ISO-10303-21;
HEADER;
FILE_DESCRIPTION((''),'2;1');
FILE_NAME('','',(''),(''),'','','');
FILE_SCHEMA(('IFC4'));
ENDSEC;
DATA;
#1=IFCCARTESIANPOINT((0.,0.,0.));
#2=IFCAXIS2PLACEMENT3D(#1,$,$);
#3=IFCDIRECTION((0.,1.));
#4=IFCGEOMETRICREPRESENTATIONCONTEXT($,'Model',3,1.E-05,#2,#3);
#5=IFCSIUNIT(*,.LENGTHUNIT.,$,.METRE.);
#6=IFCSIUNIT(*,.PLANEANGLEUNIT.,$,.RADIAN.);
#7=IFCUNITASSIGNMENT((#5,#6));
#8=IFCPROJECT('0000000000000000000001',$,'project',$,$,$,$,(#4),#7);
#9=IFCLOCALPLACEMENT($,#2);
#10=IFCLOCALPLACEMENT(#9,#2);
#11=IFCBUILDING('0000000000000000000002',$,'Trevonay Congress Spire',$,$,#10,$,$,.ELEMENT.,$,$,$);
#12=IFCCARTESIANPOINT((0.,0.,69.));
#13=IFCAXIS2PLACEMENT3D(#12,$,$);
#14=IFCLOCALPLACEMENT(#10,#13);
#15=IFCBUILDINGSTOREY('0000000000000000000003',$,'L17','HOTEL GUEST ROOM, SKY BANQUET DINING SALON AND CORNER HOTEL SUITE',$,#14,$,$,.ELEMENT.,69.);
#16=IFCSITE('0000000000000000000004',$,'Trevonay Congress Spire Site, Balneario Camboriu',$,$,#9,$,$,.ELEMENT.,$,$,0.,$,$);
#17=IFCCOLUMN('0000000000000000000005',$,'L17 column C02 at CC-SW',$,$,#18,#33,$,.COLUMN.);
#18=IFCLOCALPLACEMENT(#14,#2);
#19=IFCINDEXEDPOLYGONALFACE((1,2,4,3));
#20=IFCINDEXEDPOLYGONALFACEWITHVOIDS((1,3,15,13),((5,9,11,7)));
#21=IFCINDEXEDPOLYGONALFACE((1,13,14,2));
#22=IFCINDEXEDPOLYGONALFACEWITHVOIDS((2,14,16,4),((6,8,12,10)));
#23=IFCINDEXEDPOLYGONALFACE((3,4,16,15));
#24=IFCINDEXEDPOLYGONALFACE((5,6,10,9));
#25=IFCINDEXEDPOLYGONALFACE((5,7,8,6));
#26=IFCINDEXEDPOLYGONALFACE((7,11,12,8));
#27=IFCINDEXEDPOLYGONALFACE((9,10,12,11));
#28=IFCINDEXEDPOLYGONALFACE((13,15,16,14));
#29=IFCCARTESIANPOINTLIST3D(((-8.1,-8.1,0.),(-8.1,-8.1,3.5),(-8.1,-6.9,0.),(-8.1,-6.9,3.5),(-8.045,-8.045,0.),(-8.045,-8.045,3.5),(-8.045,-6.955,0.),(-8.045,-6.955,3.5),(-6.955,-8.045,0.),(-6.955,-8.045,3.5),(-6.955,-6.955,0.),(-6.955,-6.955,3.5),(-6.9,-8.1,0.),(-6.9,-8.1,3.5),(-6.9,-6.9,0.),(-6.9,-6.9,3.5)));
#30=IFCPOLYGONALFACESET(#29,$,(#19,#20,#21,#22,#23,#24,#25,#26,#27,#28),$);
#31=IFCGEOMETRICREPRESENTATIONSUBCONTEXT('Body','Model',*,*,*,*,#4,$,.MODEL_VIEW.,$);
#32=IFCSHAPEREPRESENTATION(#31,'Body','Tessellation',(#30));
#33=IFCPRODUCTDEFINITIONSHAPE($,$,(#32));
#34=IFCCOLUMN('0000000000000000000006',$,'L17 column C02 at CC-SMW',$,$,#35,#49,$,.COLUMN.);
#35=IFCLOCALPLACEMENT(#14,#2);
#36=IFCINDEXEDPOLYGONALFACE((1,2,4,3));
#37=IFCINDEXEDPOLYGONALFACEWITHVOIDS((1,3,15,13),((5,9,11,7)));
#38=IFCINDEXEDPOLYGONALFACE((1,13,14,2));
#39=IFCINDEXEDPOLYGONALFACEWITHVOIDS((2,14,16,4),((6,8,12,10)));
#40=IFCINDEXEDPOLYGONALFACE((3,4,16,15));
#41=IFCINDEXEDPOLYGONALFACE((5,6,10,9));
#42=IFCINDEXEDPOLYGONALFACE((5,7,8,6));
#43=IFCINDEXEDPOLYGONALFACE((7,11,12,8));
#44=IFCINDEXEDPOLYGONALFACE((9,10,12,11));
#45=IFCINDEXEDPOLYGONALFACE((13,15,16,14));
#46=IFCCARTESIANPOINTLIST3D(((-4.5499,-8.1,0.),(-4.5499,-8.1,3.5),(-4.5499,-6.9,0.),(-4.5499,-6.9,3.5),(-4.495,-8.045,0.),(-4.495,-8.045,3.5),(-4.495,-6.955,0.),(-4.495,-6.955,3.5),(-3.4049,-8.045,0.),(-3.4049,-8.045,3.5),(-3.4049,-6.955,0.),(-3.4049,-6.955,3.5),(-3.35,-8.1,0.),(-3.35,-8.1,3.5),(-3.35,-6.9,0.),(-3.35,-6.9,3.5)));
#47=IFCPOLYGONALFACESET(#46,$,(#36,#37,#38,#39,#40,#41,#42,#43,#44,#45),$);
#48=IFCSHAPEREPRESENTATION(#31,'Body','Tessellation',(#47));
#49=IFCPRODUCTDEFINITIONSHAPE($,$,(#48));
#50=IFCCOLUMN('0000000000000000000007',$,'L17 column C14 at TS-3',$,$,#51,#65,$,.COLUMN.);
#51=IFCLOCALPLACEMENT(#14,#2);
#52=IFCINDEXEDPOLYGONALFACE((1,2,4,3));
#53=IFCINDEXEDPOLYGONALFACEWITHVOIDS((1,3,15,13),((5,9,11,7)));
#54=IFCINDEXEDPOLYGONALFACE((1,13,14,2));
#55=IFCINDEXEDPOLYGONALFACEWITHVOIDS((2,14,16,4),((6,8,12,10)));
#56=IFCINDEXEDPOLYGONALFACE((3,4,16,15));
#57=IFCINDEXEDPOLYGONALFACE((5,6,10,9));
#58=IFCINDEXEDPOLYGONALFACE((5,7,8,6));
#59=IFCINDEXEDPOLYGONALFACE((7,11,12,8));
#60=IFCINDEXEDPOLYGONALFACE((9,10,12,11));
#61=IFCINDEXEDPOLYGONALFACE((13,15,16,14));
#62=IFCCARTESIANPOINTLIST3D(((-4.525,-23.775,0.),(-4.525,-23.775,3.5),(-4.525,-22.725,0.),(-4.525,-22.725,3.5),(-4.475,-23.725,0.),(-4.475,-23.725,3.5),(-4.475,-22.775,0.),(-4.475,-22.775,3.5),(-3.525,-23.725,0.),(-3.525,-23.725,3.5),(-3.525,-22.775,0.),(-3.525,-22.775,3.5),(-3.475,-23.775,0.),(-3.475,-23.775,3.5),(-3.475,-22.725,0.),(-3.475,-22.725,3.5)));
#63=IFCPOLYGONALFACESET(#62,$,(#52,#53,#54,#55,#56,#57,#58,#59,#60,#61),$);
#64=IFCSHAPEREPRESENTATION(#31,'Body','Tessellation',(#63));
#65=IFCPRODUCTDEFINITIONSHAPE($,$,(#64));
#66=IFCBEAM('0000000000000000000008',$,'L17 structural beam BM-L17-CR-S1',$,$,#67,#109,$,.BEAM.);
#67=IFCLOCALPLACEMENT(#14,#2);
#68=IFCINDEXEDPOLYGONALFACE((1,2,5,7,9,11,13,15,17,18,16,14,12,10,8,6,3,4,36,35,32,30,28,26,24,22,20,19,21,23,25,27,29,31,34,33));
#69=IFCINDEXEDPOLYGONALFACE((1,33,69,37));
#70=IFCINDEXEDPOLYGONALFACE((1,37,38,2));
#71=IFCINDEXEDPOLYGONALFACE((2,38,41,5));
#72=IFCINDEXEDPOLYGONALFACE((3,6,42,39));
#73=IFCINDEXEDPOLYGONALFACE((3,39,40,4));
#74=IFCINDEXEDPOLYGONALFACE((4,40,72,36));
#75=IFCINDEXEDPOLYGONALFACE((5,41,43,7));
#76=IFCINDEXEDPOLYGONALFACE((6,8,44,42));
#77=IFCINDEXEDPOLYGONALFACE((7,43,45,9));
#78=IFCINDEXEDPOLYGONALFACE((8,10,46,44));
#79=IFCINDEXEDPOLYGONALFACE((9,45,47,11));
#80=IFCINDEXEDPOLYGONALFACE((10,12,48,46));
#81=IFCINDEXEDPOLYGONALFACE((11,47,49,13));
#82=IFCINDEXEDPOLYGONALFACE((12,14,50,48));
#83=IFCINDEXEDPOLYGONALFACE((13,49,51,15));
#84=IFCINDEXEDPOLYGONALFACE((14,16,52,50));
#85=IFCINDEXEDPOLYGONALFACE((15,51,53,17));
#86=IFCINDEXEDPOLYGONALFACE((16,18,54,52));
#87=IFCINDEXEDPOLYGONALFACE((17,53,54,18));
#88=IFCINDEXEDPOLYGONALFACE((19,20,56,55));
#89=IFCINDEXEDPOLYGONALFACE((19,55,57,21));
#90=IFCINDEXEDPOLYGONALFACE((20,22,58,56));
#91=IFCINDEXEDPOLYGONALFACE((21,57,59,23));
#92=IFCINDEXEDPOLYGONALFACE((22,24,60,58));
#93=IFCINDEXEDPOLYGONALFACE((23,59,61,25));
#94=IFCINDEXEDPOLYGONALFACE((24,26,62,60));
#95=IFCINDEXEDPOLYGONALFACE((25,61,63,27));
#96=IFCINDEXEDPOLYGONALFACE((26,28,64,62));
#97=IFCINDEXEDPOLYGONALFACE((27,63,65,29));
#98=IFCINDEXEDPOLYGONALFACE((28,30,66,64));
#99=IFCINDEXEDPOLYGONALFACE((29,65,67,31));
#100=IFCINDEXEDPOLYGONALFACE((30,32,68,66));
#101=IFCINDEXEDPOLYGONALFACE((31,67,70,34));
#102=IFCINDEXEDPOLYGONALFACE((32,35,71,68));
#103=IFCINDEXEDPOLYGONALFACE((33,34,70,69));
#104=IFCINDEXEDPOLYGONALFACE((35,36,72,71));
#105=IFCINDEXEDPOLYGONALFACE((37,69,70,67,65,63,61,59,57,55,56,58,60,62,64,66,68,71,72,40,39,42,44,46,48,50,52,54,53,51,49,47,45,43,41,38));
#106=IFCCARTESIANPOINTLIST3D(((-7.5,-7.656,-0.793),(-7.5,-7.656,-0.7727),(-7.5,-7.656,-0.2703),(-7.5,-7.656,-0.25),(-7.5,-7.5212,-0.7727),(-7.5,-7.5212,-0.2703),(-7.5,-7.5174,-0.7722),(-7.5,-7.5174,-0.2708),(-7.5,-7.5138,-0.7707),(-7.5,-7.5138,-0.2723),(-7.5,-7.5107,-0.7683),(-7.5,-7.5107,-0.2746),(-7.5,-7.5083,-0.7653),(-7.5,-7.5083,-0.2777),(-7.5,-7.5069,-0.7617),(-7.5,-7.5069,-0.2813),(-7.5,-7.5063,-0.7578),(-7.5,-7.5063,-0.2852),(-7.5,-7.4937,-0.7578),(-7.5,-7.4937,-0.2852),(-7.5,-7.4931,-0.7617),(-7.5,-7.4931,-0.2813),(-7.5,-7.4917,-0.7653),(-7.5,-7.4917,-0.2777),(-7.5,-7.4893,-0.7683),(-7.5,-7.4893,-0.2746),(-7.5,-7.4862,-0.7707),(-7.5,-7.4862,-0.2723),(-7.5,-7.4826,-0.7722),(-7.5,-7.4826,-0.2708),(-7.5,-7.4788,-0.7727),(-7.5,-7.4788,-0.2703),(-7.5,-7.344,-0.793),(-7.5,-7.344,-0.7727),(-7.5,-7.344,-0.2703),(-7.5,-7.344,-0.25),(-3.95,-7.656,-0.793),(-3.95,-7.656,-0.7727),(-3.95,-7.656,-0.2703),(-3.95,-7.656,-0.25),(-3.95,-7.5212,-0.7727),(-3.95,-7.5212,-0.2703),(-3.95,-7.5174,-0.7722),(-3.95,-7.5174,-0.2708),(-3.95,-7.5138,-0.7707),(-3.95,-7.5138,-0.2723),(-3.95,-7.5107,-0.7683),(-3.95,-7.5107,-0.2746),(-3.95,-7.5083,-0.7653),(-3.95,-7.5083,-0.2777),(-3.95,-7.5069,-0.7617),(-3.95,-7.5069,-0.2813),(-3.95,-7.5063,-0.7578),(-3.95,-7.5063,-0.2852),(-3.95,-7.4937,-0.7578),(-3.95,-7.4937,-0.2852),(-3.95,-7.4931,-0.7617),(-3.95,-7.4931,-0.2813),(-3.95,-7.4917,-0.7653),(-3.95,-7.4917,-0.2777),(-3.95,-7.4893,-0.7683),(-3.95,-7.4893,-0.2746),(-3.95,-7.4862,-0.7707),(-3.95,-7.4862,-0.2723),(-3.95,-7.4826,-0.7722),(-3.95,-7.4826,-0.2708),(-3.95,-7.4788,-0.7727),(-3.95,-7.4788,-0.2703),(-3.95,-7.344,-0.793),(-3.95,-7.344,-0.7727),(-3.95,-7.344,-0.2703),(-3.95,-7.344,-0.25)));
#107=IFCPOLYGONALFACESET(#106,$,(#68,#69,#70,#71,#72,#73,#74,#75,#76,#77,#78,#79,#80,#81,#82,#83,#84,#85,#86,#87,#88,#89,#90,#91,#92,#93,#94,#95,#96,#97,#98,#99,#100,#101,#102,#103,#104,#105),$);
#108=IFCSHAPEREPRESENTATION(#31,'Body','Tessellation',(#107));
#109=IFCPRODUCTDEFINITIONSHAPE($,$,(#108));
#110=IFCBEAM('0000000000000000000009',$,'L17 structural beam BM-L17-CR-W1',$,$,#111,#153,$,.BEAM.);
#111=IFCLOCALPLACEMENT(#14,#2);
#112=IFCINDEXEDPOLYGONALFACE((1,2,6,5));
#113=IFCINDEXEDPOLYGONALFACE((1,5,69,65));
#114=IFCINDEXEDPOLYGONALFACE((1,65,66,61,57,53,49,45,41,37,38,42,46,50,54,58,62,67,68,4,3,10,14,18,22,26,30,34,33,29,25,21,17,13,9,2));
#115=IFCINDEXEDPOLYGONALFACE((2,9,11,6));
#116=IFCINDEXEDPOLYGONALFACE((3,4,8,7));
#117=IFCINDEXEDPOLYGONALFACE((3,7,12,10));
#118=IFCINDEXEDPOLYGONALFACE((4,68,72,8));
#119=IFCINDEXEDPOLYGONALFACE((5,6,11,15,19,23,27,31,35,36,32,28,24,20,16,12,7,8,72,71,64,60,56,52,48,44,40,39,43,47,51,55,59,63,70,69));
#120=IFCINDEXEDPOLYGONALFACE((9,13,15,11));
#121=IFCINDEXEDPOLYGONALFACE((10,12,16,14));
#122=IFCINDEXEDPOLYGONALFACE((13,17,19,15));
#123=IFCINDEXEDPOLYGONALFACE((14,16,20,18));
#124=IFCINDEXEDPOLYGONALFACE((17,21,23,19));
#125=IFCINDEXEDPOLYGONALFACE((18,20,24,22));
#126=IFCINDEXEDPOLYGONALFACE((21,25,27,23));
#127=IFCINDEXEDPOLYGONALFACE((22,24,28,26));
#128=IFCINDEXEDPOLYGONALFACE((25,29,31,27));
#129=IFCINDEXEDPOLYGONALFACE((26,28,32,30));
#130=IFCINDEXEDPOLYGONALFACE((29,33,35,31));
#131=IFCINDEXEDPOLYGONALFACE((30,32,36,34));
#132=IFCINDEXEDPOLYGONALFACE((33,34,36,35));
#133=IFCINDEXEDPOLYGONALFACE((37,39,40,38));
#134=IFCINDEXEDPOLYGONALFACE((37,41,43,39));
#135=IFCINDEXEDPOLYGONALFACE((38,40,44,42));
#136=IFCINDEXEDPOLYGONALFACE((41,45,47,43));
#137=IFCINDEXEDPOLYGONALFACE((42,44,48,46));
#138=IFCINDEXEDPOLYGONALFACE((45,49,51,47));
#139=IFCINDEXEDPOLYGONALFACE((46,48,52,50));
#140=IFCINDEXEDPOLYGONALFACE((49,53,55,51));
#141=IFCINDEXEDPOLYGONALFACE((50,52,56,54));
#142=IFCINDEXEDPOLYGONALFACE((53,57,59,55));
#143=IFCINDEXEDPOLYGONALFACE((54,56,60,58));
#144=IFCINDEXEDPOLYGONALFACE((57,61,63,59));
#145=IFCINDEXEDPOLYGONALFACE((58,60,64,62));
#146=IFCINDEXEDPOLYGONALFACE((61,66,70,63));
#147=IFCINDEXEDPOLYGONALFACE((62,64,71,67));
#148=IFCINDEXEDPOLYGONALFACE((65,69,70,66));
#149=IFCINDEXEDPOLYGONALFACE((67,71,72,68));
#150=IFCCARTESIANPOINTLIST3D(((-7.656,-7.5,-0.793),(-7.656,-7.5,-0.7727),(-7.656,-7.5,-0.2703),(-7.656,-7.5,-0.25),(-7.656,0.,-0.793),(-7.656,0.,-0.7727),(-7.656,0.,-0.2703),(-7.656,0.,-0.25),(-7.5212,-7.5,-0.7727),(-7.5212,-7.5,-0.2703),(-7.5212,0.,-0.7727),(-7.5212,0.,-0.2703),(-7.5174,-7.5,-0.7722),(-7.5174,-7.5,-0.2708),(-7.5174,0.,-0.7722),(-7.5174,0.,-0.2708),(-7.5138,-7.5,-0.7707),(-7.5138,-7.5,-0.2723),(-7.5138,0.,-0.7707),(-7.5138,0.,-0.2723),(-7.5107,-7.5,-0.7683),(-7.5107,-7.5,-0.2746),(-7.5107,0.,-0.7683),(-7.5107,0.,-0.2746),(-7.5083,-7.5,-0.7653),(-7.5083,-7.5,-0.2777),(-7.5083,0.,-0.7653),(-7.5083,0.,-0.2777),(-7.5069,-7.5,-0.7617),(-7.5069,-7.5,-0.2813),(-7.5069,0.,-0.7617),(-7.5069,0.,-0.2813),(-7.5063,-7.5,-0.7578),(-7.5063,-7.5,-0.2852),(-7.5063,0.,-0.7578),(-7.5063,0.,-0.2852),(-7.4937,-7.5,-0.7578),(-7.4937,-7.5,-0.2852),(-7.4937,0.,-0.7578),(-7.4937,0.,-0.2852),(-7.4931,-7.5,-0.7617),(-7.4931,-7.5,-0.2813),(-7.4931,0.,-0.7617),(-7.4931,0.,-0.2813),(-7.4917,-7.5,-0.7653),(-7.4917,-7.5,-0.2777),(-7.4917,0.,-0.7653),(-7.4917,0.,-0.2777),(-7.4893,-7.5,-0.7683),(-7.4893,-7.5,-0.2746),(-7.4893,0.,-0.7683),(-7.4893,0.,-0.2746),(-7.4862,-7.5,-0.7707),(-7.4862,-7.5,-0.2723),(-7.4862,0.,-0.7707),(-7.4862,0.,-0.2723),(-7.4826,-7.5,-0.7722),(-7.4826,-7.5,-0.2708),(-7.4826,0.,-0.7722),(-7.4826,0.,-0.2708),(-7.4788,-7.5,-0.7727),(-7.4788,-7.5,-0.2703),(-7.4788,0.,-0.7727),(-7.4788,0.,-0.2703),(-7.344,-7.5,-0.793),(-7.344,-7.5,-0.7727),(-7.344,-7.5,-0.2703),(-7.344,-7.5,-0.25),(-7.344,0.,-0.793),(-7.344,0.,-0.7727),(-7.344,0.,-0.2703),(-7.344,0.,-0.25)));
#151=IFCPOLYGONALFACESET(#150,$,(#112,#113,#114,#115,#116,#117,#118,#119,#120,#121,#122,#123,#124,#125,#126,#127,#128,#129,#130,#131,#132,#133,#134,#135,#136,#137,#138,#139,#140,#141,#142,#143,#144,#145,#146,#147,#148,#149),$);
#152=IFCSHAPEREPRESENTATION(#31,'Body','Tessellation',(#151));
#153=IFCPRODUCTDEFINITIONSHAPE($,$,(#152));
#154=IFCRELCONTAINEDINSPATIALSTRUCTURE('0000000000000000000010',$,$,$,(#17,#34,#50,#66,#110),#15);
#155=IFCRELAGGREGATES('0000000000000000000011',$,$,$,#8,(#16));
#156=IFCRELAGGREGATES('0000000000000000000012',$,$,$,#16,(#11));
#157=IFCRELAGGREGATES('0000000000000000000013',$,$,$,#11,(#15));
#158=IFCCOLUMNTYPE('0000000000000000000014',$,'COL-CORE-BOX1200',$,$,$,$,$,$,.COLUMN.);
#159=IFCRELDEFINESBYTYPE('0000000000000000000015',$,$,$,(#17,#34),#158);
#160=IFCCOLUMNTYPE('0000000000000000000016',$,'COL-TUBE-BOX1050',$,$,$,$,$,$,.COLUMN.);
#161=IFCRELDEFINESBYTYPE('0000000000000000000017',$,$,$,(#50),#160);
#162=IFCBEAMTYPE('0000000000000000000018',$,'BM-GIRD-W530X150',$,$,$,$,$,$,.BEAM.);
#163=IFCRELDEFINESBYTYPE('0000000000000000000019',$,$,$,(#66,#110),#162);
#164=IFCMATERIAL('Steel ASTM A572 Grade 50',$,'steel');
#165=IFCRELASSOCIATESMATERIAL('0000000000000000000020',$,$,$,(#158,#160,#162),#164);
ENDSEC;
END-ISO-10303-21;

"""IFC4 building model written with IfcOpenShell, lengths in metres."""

from ifc_helpers import new_model, si_unit, direction, frame, origin, origin_2d, place, context, subcontext, project, spatial, hollow_rectangle, i_section, extrude, material, material_profile, profile_set, type_object, element, save


model = new_model("IFC4")

# Units and contexts
model_context = context("Model", 3, precision=1e-05, world=origin(), true_north=direction((0.0, 1.0)))
body_context = subcontext(model_context, "Body", "Model", "MODEL_VIEW")
ifc_project = project(units=[si_unit("LENGTHUNIT", "METRE"), si_unit("PLANEANGLEUNIT", "RADIAN")], contexts=[model_context])

# Site, building, storey
site_placement = place(None, origin())
site = spatial("IfcSite", under=ifc_project, at=site_placement, Name="Trevonay Congress Spire Site, Balneario Camboriu", CompositionType="ELEMENT", RefElevation=0.0)
building_placement = place(site_placement, origin())
building = spatial("IfcBuilding", under=site, at=building_placement, Name="Trevonay Congress Spire", CompositionType="ELEMENT")
storey_placement = place(building_placement, frame((0.0, 0.0, 69.0)))
storey = spatial("IfcBuildingStorey", under=building, at=storey_placement, Name="L17", Description="HOTEL GUEST ROOM, SKY BANQUET DINING SALON AND CORNER HOTEL SUITE", CompositionType="ELEMENT", Elevation=69.0)

# Columns
ifc_material_1 = material(Name="Steel ASTM A572 Grade 50", Category="steel")
ifc_material_profile_1 = material_profile(ifc_material_1, hollow_rectangle(XDim=1.2, YDim=1.2, WallThickness=0.0549, at=origin_2d()), Name="BOX 1200x1200x55")
ifc_profile_set_1 = profile_set([ifc_material_profile_1], Name="Steel ASTM A572 Grade 50")
column_type_1 = type_object("IfcColumnType", Name="COL-CORE-BOX1200", PredefinedType="COLUMN", material=ifc_profile_set_1)
for number, where, z_axis, x_axis, name in (
    (1, (-7.5, -7.5, 0.0), (0.0, 0.0, 1.0), (1.0, 0.0, 0.0), "L17 column C02 at CC-SW"),
    (2, (-3.95, -7.5, 0.0), (0.0, 0.0, 1.0), (1.0, 0.0, 0.0), "L17 column C02 at CC-SMW"),
):
    element("IfcColumn", number, at=place(storey_placement, frame(where, z_axis=z_axis, x_axis=x_axis)), inside=storey, type_object=column_type_1, Name=name, PredefinedType="COLUMN", context=body_context, shape_type="SweptSolid", body=[
        extrude(hollow_rectangle(XDim=1.2, YDim=1.2, WallThickness=0.0549, at=origin_2d()), origin(), (0.0, 0.0, 1.0), 3.5),
    ])
ifc_material_profile_2 = material_profile(ifc_material_1, hollow_rectangle(XDim=1.05, YDim=1.05, WallThickness=0.05, at=origin_2d()), Name="BOX 1050x1050x50")
ifc_profile_set_2 = profile_set([ifc_material_profile_2], Name="Steel ASTM A572 Grade 50")
column_type_2 = type_object("IfcColumnType", Name="COL-TUBE-BOX1050", PredefinedType="COLUMN", material=ifc_profile_set_2)
column_placement = place(storey_placement, frame((-4.0, -23.25, 0.0), z_axis=(0.0, 0.0, 1.0), x_axis=(1.0, 0.0, 0.0)))
element("IfcColumn", 3, at=column_placement, inside=storey, type_object=column_type_2, Name="L17 column C14 at TS-3", PredefinedType="COLUMN", context=body_context, shape_type="SweptSolid", body=[
    extrude(hollow_rectangle(XDim=1.05, YDim=1.05, WallThickness=0.05, at=origin_2d()), origin(), (0.0, 0.0, 1.0), 3.5),
])

# Beams
ifc_material_profile_3 = material_profile(ifc_material_1, i_section(OverallWidth=0.312, OverallDepth=0.543, WebThickness=0.0127, FlangeThickness=0.0203, FilletRadius=0.0149, at=origin_2d()), Name="W530x150")
ifc_profile_set_3 = profile_set([ifc_material_profile_3], Name="Steel ASTM A572 Grade 50")
beam_type_1 = type_object("IfcBeamType", Name="BM-GIRD-W530X150", PredefinedType="BEAM", material=ifc_profile_set_3)
beam_1_placement = place(storey_placement, frame((-7.5, -7.5, -0.5215), z_axis=(1.0, 0.0, 0.0), x_axis=(0.0, 1.0, 0.0)))
element("IfcBeam", 4, at=beam_1_placement, inside=storey, type_object=beam_type_1, Name="L17 structural beam BM-L17-CR-S1", PredefinedType="BEAM", context=body_context, shape_type="SweptSolid", body=[
    extrude(i_section(OverallWidth=0.312, OverallDepth=0.543, WebThickness=0.0127, FlangeThickness=0.0203, FilletRadius=0.0149, at=origin_2d()), origin(), (0.0, 0.0, 1.0), 3.55),
])
beam_2_placement = place(storey_placement, frame((-7.5, -7.5, -0.5215), z_axis=(0.0, 1.0, 0.0), x_axis=(-1.0, 0.0, 0.0)))
element("IfcBeam", 5, at=beam_2_placement, inside=storey, type_object=beam_type_1, Name="L17 structural beam BM-L17-CR-W1", PredefinedType="BEAM", context=body_context, shape_type="SweptSolid", body=[
    extrude(i_section(OverallWidth=0.312, OverallDepth=0.543, WebThickness=0.0127, FlangeThickness=0.0203, FilletRadius=0.0149, at=origin_2d()), origin(), (0.0, 0.0, 1.0), 7.5),
])

save(model, "model.ifc")
